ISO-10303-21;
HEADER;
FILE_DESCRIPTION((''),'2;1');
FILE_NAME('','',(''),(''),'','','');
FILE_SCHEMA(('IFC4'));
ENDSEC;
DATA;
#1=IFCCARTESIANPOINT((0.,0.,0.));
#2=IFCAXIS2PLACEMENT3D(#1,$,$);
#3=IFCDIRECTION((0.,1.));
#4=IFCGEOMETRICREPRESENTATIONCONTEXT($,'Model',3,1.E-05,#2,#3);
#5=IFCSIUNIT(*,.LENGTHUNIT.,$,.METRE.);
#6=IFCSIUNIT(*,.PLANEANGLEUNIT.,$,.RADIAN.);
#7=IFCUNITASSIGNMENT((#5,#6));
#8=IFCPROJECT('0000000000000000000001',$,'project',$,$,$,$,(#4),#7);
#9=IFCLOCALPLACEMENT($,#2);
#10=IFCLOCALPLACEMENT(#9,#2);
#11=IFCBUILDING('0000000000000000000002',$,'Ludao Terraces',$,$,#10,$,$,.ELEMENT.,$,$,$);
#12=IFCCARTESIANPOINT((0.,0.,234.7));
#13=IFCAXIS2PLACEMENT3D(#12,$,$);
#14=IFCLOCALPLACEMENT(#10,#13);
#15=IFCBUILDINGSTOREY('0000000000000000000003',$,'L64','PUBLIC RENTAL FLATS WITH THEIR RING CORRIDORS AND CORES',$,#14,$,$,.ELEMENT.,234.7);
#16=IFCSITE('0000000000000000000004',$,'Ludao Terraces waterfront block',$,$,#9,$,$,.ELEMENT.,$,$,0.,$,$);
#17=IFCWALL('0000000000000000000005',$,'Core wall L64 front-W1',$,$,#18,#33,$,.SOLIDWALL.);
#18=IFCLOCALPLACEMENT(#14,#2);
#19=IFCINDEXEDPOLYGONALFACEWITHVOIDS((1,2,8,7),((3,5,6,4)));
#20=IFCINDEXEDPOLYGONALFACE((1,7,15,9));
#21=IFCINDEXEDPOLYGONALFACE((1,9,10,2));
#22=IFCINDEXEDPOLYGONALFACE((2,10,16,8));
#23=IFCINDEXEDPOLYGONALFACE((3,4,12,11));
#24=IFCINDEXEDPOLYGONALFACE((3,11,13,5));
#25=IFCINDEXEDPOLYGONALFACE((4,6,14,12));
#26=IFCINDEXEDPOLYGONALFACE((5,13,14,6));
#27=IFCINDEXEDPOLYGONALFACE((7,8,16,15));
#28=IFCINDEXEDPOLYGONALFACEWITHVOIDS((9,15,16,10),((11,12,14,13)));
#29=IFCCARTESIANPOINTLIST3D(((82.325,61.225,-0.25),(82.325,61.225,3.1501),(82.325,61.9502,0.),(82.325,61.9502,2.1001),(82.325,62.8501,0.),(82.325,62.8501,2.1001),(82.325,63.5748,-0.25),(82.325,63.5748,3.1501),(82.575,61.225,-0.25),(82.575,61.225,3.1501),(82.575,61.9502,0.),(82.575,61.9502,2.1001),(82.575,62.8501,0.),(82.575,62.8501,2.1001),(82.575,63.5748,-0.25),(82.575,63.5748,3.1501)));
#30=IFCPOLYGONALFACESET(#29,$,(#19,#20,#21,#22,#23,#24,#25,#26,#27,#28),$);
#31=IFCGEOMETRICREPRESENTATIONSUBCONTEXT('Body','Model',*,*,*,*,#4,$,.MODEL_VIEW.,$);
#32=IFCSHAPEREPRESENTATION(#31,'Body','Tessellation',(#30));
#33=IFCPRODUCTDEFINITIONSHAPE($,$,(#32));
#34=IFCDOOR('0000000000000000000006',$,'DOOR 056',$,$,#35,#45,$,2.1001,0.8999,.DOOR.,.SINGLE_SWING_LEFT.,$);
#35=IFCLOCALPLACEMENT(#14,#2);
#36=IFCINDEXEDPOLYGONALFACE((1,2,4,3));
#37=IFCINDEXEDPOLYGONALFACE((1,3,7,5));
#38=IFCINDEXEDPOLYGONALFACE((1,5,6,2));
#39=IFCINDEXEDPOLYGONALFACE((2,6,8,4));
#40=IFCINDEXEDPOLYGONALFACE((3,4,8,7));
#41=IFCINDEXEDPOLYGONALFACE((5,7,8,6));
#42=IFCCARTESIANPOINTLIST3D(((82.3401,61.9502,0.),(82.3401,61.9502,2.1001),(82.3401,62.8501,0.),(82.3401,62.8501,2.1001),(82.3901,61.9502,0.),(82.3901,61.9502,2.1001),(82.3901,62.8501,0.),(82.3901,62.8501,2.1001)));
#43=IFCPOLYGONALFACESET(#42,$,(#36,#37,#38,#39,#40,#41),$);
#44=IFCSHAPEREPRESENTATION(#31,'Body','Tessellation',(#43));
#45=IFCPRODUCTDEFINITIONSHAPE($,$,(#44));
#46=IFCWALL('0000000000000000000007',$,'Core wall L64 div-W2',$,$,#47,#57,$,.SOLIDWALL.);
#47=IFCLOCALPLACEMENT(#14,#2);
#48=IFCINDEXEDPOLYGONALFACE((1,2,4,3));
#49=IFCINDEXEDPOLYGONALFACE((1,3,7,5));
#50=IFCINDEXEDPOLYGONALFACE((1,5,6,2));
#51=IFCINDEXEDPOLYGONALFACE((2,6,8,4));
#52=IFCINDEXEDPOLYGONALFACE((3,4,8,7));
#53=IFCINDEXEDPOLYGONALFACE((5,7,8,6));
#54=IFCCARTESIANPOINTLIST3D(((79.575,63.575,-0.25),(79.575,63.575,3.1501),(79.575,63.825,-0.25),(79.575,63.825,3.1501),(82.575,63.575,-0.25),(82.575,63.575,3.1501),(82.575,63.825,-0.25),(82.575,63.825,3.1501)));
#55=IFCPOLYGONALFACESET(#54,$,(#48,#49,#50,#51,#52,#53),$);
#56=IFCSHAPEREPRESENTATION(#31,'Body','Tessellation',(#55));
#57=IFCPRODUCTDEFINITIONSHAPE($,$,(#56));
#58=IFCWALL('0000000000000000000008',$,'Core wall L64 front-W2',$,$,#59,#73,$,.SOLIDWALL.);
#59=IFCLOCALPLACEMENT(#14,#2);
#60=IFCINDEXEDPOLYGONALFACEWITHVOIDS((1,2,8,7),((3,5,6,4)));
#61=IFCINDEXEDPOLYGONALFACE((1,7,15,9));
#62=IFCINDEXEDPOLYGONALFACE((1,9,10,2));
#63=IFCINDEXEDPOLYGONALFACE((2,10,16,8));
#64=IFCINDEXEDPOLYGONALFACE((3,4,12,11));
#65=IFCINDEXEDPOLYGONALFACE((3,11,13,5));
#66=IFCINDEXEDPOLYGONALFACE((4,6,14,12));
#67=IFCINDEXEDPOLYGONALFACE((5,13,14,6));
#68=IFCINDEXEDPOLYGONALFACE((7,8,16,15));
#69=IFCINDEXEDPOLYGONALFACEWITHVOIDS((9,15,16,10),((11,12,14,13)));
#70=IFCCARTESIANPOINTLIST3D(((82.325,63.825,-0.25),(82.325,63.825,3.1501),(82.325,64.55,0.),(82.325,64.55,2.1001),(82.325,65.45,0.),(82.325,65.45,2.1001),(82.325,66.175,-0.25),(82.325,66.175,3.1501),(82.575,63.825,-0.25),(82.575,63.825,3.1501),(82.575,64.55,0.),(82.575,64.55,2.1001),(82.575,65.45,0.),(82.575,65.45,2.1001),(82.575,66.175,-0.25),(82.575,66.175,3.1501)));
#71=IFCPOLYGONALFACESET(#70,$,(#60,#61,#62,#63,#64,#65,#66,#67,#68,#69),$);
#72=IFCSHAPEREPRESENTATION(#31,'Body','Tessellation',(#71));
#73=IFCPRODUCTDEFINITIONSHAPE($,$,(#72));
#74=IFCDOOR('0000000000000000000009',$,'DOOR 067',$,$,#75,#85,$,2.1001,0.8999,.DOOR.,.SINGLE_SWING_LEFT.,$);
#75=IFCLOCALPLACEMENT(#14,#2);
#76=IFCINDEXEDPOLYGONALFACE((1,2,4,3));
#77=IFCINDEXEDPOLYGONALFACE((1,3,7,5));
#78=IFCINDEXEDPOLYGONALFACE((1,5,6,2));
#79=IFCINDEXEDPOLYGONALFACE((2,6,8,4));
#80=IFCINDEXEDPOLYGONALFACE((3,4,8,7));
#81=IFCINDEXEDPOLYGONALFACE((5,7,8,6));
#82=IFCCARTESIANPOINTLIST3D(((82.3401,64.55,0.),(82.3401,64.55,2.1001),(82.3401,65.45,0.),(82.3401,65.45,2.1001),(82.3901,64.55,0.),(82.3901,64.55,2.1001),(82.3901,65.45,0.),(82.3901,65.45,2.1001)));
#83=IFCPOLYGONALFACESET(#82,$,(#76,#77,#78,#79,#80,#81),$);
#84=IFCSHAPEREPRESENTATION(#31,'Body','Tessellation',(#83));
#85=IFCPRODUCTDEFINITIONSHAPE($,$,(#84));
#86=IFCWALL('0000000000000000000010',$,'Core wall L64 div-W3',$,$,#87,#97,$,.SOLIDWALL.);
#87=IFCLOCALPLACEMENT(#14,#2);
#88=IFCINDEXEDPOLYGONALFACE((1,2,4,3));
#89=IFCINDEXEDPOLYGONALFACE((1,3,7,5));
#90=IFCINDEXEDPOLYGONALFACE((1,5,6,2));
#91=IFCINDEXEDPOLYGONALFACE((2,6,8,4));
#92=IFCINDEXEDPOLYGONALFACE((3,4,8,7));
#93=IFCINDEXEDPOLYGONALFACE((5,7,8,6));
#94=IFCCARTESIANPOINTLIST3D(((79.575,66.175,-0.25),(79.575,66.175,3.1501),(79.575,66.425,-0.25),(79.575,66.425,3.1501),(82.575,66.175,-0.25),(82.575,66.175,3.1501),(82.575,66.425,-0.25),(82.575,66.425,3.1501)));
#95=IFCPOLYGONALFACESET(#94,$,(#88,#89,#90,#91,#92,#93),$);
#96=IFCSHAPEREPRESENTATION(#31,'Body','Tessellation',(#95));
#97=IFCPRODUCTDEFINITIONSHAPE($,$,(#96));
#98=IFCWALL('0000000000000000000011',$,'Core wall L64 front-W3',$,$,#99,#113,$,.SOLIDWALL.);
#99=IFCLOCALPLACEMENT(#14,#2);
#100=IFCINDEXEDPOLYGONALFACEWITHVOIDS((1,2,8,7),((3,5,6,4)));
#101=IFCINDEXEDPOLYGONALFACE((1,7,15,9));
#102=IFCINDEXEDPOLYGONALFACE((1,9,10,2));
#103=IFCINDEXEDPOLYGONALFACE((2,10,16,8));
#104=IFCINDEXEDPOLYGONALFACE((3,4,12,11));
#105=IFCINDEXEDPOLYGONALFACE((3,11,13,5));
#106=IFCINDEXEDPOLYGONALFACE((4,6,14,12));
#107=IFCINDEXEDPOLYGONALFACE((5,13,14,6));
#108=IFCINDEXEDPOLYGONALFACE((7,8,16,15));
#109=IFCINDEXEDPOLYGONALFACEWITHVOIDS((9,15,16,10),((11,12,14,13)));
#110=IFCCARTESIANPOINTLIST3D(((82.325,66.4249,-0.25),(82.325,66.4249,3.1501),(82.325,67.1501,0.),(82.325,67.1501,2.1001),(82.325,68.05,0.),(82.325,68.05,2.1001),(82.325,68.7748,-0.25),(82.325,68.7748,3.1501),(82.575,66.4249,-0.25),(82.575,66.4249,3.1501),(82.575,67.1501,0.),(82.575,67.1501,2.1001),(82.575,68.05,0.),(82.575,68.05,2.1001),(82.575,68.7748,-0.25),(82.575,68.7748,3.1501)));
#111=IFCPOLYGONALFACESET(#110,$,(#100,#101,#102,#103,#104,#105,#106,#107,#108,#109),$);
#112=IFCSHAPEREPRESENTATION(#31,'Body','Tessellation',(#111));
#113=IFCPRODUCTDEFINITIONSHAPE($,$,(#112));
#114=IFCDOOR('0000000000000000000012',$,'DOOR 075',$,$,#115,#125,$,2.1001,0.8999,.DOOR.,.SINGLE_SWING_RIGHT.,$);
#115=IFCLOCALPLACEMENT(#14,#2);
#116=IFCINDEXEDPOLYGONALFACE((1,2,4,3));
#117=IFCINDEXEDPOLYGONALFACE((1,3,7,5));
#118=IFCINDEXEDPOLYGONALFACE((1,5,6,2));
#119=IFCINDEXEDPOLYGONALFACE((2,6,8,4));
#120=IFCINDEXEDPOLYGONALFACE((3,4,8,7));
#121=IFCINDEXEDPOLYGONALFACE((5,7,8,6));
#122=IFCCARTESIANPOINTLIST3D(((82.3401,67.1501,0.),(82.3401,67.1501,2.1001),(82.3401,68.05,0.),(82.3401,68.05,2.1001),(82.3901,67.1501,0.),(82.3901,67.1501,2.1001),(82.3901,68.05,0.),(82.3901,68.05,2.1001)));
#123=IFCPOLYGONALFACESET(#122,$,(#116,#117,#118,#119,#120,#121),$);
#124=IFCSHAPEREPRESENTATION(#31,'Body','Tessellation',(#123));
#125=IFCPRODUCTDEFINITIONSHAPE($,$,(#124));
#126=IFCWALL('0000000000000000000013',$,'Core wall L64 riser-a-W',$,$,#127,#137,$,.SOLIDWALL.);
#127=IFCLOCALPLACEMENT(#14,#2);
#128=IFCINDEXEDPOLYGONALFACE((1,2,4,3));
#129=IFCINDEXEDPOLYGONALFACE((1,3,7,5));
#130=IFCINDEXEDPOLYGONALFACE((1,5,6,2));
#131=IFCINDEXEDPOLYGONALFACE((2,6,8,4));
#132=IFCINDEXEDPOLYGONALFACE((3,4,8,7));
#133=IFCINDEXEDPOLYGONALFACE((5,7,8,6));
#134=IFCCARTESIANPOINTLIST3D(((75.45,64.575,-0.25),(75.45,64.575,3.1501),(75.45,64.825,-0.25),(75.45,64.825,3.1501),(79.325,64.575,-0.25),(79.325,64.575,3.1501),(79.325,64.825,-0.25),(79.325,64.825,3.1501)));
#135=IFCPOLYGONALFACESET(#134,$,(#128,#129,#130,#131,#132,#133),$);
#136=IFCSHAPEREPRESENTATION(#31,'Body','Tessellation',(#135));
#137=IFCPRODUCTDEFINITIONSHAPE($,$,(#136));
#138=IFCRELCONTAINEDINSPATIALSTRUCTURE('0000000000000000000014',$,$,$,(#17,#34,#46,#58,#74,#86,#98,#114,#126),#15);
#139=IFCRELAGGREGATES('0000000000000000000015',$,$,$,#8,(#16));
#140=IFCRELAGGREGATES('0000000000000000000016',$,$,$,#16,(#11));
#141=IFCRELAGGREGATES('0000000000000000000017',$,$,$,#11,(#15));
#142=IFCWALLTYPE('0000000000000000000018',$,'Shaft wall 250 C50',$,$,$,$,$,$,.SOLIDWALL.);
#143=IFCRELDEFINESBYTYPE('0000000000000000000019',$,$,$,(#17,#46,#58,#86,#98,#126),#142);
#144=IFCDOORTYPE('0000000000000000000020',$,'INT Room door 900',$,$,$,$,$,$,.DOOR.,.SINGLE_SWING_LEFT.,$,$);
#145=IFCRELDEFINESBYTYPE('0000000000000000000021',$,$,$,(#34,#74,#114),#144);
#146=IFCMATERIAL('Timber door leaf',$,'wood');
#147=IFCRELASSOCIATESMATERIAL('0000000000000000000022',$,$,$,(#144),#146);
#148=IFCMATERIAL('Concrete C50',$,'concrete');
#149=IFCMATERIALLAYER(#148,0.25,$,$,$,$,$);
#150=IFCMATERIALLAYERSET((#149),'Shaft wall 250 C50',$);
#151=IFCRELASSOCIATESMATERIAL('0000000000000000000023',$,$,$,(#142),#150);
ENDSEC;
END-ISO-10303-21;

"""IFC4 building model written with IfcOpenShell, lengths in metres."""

from ifc_helpers import new_model, si_unit, direction, frame, frame_2d, origin, place, context, subcontext, project, spatial, rectangle, extrude, material, layer, layer_set, type_object, element, fill, save


model = new_model("IFC4")

# Units and contexts
model_context = context("Model", 3, precision=1e-05, world=origin(), true_north=direction((0.0, 1.0)))
body_context = subcontext(model_context, "Body", "Model", "MODEL_VIEW")
ifc_project = project(units=[si_unit("LENGTHUNIT", "METRE"), si_unit("PLANEANGLEUNIT", "RADIAN")], contexts=[model_context])

# Site, building, storey
site_placement = place(None, origin())
site = spatial("IfcSite", under=ifc_project, at=site_placement, Name="Ludao Terraces waterfront block", CompositionType="ELEMENT", RefElevation=0.0)
building_placement = place(site_placement, origin())
building = spatial("IfcBuilding", under=site, at=building_placement, Name="Ludao Terraces", CompositionType="ELEMENT")
storey_placement = place(building_placement, frame((0.0, 0.0, 234.7)))
storey = spatial("IfcBuildingStorey", under=building, at=storey_placement, Name="L64", Description="PUBLIC RENTAL FLATS WITH THEIR RING CORRIDORS AND CORES", CompositionType="ELEMENT", Elevation=234.7)

# Shared definitions
ifc_material_1 = material(Name="Timber door leaf", Category="wood")
door_type_1 = type_object("IfcDoorType", Name="INT Room door 900", OperationType="SINGLE_SWING_LEFT", PredefinedType="DOOR", material=ifc_material_1)

# Wall, opening, door
ifc_material_2 = material(Name="Concrete C50", Category="concrete")
ifc_layer_1 = layer(ifc_material_2, 0.25)
ifc_layer_set_1 = layer_set([ifc_layer_1], Name="Shaft wall 250 C50")
wall_type_1 = type_object("IfcWallType", Name="Shaft wall 250 C50", PredefinedType="SOLIDWALL", material=ifc_layer_set_1)
wall_1_placement = place(storey_placement, frame((82.45, 61.2251, -0.25), z_axis=(0.0, 0.0, 1.0), x_axis=(0.0, 1.0, 0.0)))
wall_1 = element("IfcWall", 1, at=wall_1_placement, inside=storey, type_object=wall_type_1, Name="Core wall L64 front-W1", PredefinedType="SOLIDWALL", context=body_context, shape_type="SweptSolid", body=[
    extrude(rectangle(XDim=2.3499, YDim=0.25, at=frame_2d((1.1748, 0.0))), origin(), (0.0, 0.0, 1.0), 3.4001),
])
opening_1_placement = place(wall_1_placement, frame((0.7251, 0.0, 0.25)))
opening_1 = element("IfcOpeningElement", 2, at=opening_1_placement, cuts=wall_1, PredefinedType="OPENING", context=body_context, shape_type="SweptSolid", body=[
    extrude(rectangle(XDim=0.8999, YDim=2.1001, at=frame_2d((0.45, 1.05))), frame((0.0, 0.135, 0.0), z_axis=(0.0, -1.0, 0.0), x_axis=(1.0, 0.0, 0.0)), (0.0, 0.0, 1.0), 0.27),
])
door_1_placement = place(opening_1_placement, origin())
door_1 = element("IfcDoor", 3, at=door_1_placement, inside=storey, type_object=door_type_1, Name="DOOR 056", OperationType="SINGLE_SWING_LEFT", OverallHeight=2.1001, OverallWidth=0.8999, PredefinedType="DOOR", context=body_context, shape_type="SweptSolid", body=[
    extrude(rectangle(XDim=0.8999, YDim=2.1001, at=frame_2d((0.45, 1.05))), frame((0.0, 0.1099, 0.0), z_axis=(0.0, -1.0, 0.0), x_axis=(1.0, 0.0, 0.0)), (0.0, 0.0, 1.0), 0.05),
])
fill(opening_1, door_1)

# Wall
wall_2_placement = place(storey_placement, frame((79.575, 63.7, -0.25), z_axis=(0.0, 0.0, 1.0), x_axis=(1.0, 0.0, 0.0)))
element("IfcWall", 4, at=wall_2_placement, inside=storey, type_object=wall_type_1, Name="Core wall L64 div-W2", PredefinedType="SOLIDWALL", context=body_context, shape_type="SweptSolid", body=[
    extrude(rectangle(XDim=3.0, YDim=0.25, at=frame_2d((1.5, 0.0))), origin(), (0.0, 0.0, 1.0), 3.4001),
])

# Wall, opening, door
wall_3_placement = place(storey_placement, frame((82.45, 63.825, -0.25), z_axis=(0.0, 0.0, 1.0), x_axis=(0.0, 1.0, 0.0)))
wall_3 = element("IfcWall", 5, at=wall_3_placement, inside=storey, type_object=wall_type_1, Name="Core wall L64 front-W2", PredefinedType="SOLIDWALL", context=body_context, shape_type="SweptSolid", body=[
    extrude(rectangle(XDim=2.3501, YDim=0.25, at=frame_2d((1.175, 0.0))), origin(), (0.0, 0.0, 1.0), 3.4001),
])
opening_2_placement = place(wall_3_placement, frame((0.7251, 0.0, 0.25)))
opening_2 = element("IfcOpeningElement", 6, at=opening_2_placement, cuts=wall_3, PredefinedType="OPENING", context=body_context, shape_type="SweptSolid", body=[
    extrude(rectangle(XDim=0.8999, YDim=2.1001, at=frame_2d((0.45, 1.05))), frame((0.0, 0.135, 0.0), z_axis=(0.0, -1.0, 0.0), x_axis=(1.0, 0.0, 0.0)), (0.0, 0.0, 1.0), 0.27),
])
door_2_placement = place(opening_2_placement, origin())
door_2 = element("IfcDoor", 7, at=door_2_placement, inside=storey, type_object=door_type_1, Name="DOOR 067", OperationType="SINGLE_SWING_LEFT", OverallHeight=2.1001, OverallWidth=0.8999, PredefinedType="DOOR", context=body_context, shape_type="SweptSolid", body=[
    extrude(rectangle(XDim=0.8999, YDim=2.1001, at=frame_2d((0.45, 1.05))), frame((0.0, 0.1099, 0.0), z_axis=(0.0, -1.0, 0.0), x_axis=(1.0, 0.0, 0.0)), (0.0, 0.0, 1.0), 0.05),
])
fill(opening_2, door_2)

# Wall
wall_4_placement = place(storey_placement, frame((79.575, 66.3, -0.25), z_axis=(0.0, 0.0, 1.0), x_axis=(1.0, 0.0, 0.0)))
element("IfcWall", 8, at=wall_4_placement, inside=storey, type_object=wall_type_1, Name="Core wall L64 div-W3", PredefinedType="SOLIDWALL", context=body_context, shape_type="SweptSolid", body=[
    extrude(rectangle(XDim=3.0, YDim=0.25, at=frame_2d((1.5, 0.0))), origin(), (0.0, 0.0, 1.0), 3.4001),
])

# Wall, opening, door
wall_5_placement = place(storey_placement, frame((82.45, 66.425, -0.25), z_axis=(0.0, 0.0, 1.0), x_axis=(0.0, 1.0, 0.0)))
wall_5 = element("IfcWall", 9, at=wall_5_placement, inside=storey, type_object=wall_type_1, Name="Core wall L64 front-W3", PredefinedType="SOLIDWALL", context=body_context, shape_type="SweptSolid", body=[
    extrude(rectangle(XDim=2.3499, YDim=0.25, at=frame_2d((1.1748, 0.0))), origin(), (0.0, 0.0, 1.0), 3.4001),
])
opening_3_placement = place(wall_5_placement, frame((0.7251, 0.0, 0.25)))
opening_3 = element("IfcOpeningElement", 10, at=opening_3_placement, cuts=wall_5, PredefinedType="OPENING", context=body_context, shape_type="SweptSolid", body=[
    extrude(rectangle(XDim=0.8999, YDim=2.1001, at=frame_2d((0.45, 1.05))), frame((0.0, 0.135, 0.0), z_axis=(0.0, -1.0, 0.0), x_axis=(1.0, 0.0, 0.0)), (0.0, 0.0, 1.0), 0.27),
])
door_3_placement = place(opening_3_placement, origin())
door_3 = element("IfcDoor", 11, at=door_3_placement, inside=storey, type_object=door_type_1, Name="DOOR 075", OperationType="SINGLE_SWING_RIGHT", OverallHeight=2.1001, OverallWidth=0.8999, PredefinedType="DOOR", context=body_context, shape_type="SweptSolid", body=[
    extrude(rectangle(XDim=0.8999, YDim=2.1001, at=frame_2d((0.45, 1.05))), frame((0.0, 0.1099, 0.0), z_axis=(0.0, -1.0, 0.0), x_axis=(1.0, 0.0, 0.0)), (0.0, 0.0, 1.0), 0.05),
])
fill(opening_3, door_3)

# Wall
wall_6_placement = place(storey_placement, frame((75.45, 64.7, -0.25), z_axis=(0.0, 0.0, 1.0), x_axis=(1.0, 0.0, 0.0)))
element("IfcWall", 12, at=wall_6_placement, inside=storey, type_object=wall_type_1, Name="Core wall L64 riser-a-W", PredefinedType="SOLIDWALL", context=body_context, shape_type="SweptSolid", body=[
    extrude(rectangle(XDim=3.875, YDim=0.25, at=frame_2d((1.9375, 0.0))), origin(), (0.0, 0.0, 1.0), 3.4001),
])

save(model, "model.ifc")
